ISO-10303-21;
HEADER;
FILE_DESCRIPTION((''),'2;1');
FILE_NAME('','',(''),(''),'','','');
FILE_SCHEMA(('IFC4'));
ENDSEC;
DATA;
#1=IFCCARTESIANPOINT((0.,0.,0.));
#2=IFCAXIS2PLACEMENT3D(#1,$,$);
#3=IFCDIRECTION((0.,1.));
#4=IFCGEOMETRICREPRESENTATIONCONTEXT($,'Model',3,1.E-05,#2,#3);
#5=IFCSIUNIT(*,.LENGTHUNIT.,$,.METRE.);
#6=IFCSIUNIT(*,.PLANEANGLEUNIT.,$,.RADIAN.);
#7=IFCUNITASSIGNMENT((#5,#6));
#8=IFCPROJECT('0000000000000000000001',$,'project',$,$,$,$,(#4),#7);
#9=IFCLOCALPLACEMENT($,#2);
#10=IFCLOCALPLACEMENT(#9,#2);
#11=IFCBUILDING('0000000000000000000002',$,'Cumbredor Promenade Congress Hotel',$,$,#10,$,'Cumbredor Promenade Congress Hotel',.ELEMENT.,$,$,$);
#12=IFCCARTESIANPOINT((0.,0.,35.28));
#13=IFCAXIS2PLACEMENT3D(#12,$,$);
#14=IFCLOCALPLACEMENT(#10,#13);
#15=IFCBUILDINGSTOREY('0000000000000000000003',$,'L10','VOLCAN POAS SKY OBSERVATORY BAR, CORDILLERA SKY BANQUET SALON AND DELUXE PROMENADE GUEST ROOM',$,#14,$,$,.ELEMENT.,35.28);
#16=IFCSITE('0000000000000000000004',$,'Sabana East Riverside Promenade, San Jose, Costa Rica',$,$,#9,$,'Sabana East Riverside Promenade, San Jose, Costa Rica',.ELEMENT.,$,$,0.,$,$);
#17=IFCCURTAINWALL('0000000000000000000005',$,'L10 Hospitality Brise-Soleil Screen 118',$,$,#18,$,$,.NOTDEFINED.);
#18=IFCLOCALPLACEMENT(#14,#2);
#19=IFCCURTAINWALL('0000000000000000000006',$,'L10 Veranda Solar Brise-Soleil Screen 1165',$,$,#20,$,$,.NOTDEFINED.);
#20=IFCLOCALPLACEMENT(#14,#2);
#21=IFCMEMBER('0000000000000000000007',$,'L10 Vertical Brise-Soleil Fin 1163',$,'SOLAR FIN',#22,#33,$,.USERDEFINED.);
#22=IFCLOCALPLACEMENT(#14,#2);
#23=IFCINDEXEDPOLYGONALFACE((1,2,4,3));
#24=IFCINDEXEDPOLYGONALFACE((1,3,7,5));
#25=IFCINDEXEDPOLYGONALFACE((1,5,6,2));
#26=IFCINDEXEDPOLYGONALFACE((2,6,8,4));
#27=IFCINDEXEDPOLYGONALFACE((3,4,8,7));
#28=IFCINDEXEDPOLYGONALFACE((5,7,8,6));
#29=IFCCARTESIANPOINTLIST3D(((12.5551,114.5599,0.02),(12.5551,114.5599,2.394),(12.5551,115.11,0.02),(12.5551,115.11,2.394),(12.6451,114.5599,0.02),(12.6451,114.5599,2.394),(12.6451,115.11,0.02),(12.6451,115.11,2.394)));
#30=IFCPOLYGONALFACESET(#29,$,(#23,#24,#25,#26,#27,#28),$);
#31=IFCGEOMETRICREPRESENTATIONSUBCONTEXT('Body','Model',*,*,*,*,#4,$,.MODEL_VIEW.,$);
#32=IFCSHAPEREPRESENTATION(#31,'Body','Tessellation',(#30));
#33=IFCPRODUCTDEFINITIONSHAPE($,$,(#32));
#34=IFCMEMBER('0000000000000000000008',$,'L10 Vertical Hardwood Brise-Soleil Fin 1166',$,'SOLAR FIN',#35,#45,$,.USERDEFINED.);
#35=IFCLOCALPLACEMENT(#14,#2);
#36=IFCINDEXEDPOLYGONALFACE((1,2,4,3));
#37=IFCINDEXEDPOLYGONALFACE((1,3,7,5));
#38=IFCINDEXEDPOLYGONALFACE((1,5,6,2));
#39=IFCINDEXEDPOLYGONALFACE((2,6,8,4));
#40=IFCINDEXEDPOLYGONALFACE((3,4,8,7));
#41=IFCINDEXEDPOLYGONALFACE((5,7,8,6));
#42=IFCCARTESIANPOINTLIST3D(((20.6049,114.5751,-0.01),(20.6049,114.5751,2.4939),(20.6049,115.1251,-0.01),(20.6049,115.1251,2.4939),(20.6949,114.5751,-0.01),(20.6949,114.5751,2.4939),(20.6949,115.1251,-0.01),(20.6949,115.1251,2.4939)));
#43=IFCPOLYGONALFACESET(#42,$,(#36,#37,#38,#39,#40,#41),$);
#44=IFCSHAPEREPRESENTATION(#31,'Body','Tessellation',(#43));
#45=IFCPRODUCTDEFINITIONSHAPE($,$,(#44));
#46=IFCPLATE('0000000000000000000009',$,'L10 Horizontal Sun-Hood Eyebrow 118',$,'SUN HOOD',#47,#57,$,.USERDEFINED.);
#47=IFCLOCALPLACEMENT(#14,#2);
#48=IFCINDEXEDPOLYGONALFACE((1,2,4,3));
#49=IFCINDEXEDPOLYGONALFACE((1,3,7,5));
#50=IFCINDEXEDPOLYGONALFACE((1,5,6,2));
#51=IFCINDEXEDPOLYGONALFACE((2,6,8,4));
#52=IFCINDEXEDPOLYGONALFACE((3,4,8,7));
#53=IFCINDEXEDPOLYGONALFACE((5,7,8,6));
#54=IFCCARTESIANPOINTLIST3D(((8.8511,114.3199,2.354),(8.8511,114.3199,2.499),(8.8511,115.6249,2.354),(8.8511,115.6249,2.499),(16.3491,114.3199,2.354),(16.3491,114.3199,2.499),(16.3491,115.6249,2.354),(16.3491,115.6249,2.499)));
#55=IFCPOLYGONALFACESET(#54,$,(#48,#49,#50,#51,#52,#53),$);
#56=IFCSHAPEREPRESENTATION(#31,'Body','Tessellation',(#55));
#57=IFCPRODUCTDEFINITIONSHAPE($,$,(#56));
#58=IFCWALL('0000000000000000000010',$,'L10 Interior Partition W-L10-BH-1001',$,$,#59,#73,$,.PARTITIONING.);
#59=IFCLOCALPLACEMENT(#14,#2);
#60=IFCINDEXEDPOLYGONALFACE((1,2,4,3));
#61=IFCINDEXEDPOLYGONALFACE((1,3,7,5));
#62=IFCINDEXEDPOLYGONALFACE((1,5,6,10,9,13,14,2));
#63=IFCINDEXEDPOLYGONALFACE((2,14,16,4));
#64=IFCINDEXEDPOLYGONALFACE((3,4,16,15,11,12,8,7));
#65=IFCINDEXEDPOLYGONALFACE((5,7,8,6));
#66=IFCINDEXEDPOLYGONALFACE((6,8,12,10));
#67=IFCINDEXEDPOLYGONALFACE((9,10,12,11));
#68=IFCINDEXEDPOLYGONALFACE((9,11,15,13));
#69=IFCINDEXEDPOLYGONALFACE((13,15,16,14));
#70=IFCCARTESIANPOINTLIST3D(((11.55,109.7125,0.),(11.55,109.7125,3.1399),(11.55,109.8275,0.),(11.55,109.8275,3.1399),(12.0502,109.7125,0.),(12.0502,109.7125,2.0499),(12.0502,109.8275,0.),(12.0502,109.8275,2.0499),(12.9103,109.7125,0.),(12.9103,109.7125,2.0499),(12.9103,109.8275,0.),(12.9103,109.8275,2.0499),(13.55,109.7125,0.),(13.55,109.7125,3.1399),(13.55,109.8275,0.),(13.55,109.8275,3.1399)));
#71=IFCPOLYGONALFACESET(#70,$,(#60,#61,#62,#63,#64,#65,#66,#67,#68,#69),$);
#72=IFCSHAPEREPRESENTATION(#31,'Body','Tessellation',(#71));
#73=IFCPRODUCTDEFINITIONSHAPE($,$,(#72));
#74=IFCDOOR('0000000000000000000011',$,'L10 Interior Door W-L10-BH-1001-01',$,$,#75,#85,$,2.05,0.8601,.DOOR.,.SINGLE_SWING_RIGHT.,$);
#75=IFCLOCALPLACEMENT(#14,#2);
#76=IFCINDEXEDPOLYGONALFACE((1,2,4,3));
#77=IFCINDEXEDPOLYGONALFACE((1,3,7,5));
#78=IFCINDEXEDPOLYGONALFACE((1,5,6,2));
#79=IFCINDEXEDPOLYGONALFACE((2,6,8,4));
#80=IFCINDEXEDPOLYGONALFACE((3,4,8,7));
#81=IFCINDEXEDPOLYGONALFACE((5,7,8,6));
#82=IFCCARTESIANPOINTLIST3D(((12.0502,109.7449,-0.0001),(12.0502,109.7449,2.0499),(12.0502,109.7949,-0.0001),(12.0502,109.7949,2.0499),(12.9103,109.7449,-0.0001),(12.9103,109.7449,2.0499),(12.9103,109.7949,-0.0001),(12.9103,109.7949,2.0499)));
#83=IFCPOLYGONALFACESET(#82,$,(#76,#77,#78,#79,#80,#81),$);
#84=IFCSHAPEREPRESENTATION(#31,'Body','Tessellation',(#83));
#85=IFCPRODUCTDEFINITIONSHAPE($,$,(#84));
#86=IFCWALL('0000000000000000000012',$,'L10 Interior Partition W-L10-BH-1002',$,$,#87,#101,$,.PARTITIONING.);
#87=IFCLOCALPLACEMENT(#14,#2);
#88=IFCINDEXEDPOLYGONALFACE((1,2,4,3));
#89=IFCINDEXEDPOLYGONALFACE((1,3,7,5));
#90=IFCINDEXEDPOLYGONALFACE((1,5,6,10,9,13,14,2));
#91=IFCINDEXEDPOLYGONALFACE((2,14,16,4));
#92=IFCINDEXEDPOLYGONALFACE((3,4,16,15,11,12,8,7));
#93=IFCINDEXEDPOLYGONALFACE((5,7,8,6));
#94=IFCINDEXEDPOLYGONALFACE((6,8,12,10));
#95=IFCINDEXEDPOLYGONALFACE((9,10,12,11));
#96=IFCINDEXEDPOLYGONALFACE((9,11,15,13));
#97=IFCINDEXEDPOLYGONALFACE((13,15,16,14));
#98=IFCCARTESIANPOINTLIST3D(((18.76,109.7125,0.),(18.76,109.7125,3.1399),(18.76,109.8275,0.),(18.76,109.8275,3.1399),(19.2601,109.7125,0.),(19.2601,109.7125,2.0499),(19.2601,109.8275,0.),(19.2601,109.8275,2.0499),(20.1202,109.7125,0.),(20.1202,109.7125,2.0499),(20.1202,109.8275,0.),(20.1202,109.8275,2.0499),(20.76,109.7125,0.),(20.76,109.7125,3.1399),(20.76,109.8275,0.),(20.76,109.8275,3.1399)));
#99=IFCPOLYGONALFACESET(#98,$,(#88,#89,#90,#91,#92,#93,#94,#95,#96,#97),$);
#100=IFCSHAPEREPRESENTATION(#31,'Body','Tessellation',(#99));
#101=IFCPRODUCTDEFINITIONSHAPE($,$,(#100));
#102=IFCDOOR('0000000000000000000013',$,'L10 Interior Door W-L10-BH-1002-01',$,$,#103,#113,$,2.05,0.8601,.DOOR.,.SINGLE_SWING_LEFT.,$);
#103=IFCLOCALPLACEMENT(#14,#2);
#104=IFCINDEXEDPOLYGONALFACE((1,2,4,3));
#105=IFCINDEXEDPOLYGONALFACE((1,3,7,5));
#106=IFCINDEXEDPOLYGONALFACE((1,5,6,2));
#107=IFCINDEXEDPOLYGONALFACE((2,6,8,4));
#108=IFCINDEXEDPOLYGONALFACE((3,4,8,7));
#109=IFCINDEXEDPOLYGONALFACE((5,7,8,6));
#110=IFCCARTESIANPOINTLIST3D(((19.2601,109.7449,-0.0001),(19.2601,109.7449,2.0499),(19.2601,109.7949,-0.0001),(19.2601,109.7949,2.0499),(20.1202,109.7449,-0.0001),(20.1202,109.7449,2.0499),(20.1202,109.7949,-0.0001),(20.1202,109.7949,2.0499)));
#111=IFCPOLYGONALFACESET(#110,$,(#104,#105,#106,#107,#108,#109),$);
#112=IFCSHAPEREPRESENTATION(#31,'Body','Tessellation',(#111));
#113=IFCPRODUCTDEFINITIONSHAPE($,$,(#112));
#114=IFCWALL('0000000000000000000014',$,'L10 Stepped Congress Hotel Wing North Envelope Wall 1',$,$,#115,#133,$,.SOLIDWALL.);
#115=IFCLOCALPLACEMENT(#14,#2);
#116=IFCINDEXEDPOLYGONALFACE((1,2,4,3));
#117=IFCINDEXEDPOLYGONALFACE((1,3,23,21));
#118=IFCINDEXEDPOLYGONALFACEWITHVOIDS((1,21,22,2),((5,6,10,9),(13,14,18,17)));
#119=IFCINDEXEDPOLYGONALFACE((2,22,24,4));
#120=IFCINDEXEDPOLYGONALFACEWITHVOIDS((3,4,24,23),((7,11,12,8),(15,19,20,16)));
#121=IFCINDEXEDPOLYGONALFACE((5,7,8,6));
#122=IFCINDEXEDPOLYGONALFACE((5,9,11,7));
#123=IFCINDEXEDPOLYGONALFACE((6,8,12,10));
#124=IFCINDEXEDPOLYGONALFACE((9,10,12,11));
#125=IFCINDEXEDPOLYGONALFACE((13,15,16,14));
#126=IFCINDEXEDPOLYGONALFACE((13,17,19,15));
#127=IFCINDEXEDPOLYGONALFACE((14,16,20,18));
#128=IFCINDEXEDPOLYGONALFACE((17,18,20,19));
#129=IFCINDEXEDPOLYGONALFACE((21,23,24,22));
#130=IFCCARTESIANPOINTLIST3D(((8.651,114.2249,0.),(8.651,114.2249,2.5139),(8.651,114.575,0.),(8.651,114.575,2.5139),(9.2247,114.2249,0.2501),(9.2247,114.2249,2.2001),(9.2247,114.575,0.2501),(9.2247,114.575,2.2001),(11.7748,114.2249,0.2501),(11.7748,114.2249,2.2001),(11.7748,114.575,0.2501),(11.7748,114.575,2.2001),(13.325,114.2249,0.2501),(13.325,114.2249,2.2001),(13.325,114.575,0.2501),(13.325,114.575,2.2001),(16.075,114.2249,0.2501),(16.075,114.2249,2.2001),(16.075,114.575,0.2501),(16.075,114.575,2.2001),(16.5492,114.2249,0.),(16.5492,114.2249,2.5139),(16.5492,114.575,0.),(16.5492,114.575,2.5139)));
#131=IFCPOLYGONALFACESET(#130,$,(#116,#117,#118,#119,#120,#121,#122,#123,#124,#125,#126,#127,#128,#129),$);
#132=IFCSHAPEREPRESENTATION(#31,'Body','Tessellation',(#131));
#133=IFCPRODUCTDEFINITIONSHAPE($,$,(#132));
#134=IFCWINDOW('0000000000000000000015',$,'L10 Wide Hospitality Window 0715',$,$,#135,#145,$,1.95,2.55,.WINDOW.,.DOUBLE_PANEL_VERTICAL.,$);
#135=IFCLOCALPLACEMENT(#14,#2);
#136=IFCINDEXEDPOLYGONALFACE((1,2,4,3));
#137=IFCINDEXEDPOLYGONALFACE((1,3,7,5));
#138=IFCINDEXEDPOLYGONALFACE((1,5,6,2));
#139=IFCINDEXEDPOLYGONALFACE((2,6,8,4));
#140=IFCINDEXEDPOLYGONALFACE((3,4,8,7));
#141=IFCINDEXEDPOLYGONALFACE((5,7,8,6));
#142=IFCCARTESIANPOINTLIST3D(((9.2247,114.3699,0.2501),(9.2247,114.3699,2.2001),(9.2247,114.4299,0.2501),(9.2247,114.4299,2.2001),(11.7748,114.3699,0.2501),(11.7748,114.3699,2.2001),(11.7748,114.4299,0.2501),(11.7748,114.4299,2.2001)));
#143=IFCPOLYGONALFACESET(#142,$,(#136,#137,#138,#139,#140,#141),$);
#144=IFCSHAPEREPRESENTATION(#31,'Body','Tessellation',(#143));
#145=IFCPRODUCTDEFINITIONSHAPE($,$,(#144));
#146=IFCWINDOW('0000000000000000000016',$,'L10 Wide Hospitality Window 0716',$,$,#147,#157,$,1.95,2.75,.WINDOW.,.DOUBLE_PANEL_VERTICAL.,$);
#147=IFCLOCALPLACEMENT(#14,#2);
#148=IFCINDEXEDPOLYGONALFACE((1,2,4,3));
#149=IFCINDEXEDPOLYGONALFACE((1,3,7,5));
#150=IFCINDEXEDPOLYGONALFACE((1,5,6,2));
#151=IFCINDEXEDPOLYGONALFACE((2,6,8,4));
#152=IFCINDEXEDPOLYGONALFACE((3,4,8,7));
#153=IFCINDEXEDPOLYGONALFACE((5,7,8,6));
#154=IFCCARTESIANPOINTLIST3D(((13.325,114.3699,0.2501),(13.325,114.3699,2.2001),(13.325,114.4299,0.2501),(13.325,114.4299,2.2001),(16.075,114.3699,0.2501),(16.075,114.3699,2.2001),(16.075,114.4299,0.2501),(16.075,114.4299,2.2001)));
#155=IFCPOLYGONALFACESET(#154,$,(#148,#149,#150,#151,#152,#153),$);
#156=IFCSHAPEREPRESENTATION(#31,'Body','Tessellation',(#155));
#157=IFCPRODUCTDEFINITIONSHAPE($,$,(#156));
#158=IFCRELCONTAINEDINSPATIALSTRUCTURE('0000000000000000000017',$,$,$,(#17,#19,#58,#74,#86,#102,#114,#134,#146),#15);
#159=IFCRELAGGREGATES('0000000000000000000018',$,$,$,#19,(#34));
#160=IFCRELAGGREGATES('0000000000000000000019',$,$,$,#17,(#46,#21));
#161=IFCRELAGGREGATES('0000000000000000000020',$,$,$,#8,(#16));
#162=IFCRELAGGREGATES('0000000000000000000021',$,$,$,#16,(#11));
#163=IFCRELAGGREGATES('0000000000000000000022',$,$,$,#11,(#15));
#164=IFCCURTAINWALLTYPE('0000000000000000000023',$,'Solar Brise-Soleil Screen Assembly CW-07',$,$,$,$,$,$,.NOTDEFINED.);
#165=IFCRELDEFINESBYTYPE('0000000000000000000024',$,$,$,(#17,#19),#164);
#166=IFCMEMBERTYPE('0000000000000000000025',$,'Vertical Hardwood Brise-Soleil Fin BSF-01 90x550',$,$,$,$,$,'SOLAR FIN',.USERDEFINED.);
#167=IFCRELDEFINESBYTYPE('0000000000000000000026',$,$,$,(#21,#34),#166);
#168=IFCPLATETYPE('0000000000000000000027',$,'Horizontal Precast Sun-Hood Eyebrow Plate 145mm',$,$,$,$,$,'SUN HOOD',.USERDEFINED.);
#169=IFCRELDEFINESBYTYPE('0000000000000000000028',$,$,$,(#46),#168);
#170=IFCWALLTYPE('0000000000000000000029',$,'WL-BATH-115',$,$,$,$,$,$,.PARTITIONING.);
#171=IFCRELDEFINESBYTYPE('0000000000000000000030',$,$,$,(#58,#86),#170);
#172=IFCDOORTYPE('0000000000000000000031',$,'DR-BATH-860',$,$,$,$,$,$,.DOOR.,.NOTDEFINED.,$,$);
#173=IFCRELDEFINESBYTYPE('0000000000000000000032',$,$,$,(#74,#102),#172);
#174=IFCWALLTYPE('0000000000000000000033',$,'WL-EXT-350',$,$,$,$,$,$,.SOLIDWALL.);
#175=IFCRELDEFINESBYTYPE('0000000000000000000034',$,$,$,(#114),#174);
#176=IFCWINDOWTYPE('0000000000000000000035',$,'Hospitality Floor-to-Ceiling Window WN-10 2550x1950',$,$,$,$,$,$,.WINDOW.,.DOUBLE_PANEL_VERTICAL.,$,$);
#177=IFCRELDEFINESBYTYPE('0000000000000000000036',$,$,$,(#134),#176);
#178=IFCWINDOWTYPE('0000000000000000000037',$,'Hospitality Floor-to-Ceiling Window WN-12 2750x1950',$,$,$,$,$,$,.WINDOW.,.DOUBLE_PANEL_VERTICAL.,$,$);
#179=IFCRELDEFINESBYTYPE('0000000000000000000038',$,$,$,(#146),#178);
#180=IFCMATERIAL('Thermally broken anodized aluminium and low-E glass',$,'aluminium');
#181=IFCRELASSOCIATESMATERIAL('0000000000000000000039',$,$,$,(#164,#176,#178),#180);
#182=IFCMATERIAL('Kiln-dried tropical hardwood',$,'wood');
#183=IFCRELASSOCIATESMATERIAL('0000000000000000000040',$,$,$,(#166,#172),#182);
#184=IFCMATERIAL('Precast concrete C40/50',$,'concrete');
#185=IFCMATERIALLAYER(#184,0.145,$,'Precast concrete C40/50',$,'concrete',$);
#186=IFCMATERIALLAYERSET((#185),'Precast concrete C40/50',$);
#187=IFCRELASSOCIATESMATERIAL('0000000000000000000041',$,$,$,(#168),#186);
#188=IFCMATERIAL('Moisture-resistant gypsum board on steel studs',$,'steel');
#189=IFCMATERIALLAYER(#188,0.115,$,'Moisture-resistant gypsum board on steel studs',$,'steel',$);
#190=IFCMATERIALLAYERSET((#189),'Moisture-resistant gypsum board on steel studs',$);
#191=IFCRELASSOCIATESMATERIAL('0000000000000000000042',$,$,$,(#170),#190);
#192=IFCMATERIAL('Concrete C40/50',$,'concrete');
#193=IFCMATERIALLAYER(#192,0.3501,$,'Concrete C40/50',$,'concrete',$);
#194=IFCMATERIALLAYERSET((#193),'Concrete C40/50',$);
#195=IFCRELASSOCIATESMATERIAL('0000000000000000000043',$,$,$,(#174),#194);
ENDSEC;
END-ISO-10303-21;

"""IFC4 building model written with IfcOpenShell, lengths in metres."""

from ifc_helpers import new_model, si_unit, direction, frame, frame_2d, origin, origin_2d, place, context, subcontext, project, spatial, rectangle, extrude, material, layer, layer_set, material_profile, profile_set, type_object, element, fill, aggregate, save


model = new_model("IFC4")

# Units and contexts
model_context = context("Model", 3, precision=1e-05, world=origin(), true_north=direction((0.0, 1.0)))
body_context = subcontext(model_context, "Body", "Model", "MODEL_VIEW")
ifc_project = project(units=[si_unit("LENGTHUNIT", "METRE"), si_unit("PLANEANGLEUNIT", "RADIAN")], contexts=[model_context])

# Site, building, storey
site_placement = place(None, origin())
site = spatial("IfcSite", under=ifc_project, at=site_placement, Name="Sabana East Riverside Promenade, San Jose, Costa Rica", LongName="Sabana East Riverside Promenade, San Jose, Costa Rica", CompositionType="ELEMENT", RefElevation=0.0)
building_placement = place(site_placement, origin())
building = spatial("IfcBuilding", under=site, at=building_placement, Name="Cumbredor Promenade Congress Hotel", LongName="Cumbredor Promenade Congress Hotel", CompositionType="ELEMENT")
storey_placement = place(building_placement, frame((0.0, 0.0, 35.28)))
storey = spatial("IfcBuildingStorey", under=building, at=storey_placement, Name="L10", Description="VOLCAN POAS SKY OBSERVATORY BAR, CORDILLERA SKY BANQUET SALON AND DELUXE PROMENADE GUEST ROOM", CompositionType="ELEMENT", Elevation=35.28)

# Shared definitions
ifc_material_1 = material(Name="Concrete C40/50", Category="concrete")

# Curtain walls
ifc_material_2 = material(Name="Thermally broken anodized aluminium and low-E glass", Category="aluminium")
curtain_wall_type = type_object("IfcCurtainWallType", Name="Solar Brise-Soleil Screen Assembly CW-07", PredefinedType="NOTDEFINED", material=ifc_material_2)
curtain_wall_1_placement = place(storey_placement, origin())
curtain_wall_1 = element("IfcCurtainWall", 1, at=curtain_wall_1_placement, inside=storey, type_object=curtain_wall_type, Name="L10 Hospitality Brise-Soleil Screen 118", PredefinedType="NOTDEFINED")
curtain_wall_2_placement = place(storey_placement, origin())
curtain_wall_2 = element("IfcCurtainWall", 2, at=curtain_wall_2_placement, inside=storey, type_object=curtain_wall_type, Name="L10 Veranda Solar Brise-Soleil Screen 1165", PredefinedType="NOTDEFINED")

# Members
ifc_material_3 = material(Name="Kiln-dried tropical hardwood", Category="wood")
ifc_material_profile_1 = material_profile(ifc_material_3, rectangle(XDim=0.0901, YDim=0.55, at=origin_2d()), Name="ARCH FIN 90x550")
ifc_profile_set_1 = profile_set([ifc_material_profile_1], Name="Kiln-dried tropical hardwood")
member_type_1 = type_object("IfcMemberType", Name="Vertical Hardwood Brise-Soleil Fin BSF-01 90x550", ElementType="SOLAR FIN", PredefinedType="USERDEFINED", material=ifc_profile_set_1)
member_1_placement = place(storey_placement, frame((12.6001, 114.835, 0.02), z_axis=(0.0, 0.0, 1.0), x_axis=(1.0, 0.0, 0.0)))
member_1 = element("IfcMember", 3, at=member_1_placement, type_object=member_type_1, Name="L10 Vertical Brise-Soleil Fin 1163", ObjectType="SOLAR FIN", PredefinedType="USERDEFINED", context=body_context, shape_type="SweptSolid", body=[
    extrude(rectangle(XDim=0.0901, YDim=0.55, at=origin_2d()), origin(), (0.0, 0.0, 1.0), 2.374),
])
member_2_placement = place(storey_placement, frame((20.6499, 114.8501, -0.01), z_axis=(0.0, 0.0, 1.0), x_axis=(1.0, 0.0, 0.0)))
member_2 = element("IfcMember", 4, at=member_2_placement, type_object=member_type_1, Name="L10 Vertical Hardwood Brise-Soleil Fin 1166", ObjectType="SOLAR FIN", PredefinedType="USERDEFINED", context=body_context, shape_type="SweptSolid", body=[
    extrude(rectangle(XDim=0.0901, YDim=0.55, at=origin_2d()), origin(), (0.0, 0.0, 1.0), 2.5039),
])
aggregate(curtain_wall_2, [member_2])

# Plate
ifc_material_4 = material(Name="Precast concrete C40/50", Category="concrete")
ifc_layer_1 = layer(ifc_material_4, 0.145, Name="Precast concrete C40/50", Category="concrete")
ifc_layer_set_1 = layer_set([ifc_layer_1], Name="Precast concrete C40/50")
plate_type = type_object("IfcPlateType", Name="Horizontal Precast Sun-Hood Eyebrow Plate 145mm", ElementType="SUN HOOD", PredefinedType="USERDEFINED", material=ifc_layer_set_1)
plate_placement = place(storey_placement, frame((12.6001, 114.9724, 2.354), z_axis=(0.0, 0.0, 1.0), x_axis=(1.0, 0.0, 0.0)))
plate = element("IfcPlate", 5, at=plate_placement, type_object=plate_type, Name="L10 Horizontal Sun-Hood Eyebrow 118", ObjectType="SUN HOOD", PredefinedType="USERDEFINED", context=body_context, shape_type="SweptSolid", body=[
    extrude(rectangle(XDim=7.498, YDim=1.3049, at=origin_2d()), origin(), (0.0, 0.0, 1.0), 0.145),
])
aggregate(curtain_wall_1, [plate, member_1])

# Walls, openings, doors
ifc_material_5 = material(Name="Moisture-resistant gypsum board on steel studs", Category="steel")
ifc_layer_2 = layer(ifc_material_5, 0.115, Name="Moisture-resistant gypsum board on steel studs", Category="steel")
ifc_layer_set_2 = layer_set([ifc_layer_2], Name="Moisture-resistant gypsum board on steel studs")
wall_type_1 = type_object("IfcWallType", Name="WL-BATH-115", PredefinedType="PARTITIONING", material=ifc_layer_set_2)
wall_1_placement = place(storey_placement, frame((11.55, 109.77, 0.0), z_axis=(0.0, 0.0, 1.0), x_axis=(1.0, 0.0, 0.0)))
wall_1 = element("IfcWall", 6, at=wall_1_placement, inside=storey, type_object=wall_type_1, Name="L10 Interior Partition W-L10-BH-1001", PredefinedType="PARTITIONING", context=body_context, shape_type="SweptSolid", body=[
    extrude(rectangle(XDim=2.0, YDim=0.115, at=frame_2d((1.0, 0.0))), origin(), (0.0, 0.0, 1.0), 3.1399),
])
opening_1_placement = place(wall_1_placement, frame((0.5, 0.0, 0.0)))
opening_1 = element("IfcOpeningElement", 7, at=opening_1_placement, cuts=wall_1, PredefinedType="OPENING", context=body_context, shape_type="SweptSolid", body=[
    extrude(rectangle(XDim=0.8601, YDim=2.05, at=frame_2d((0.4302, 1.0249))), frame((0.0, 0.0674, 0.0), z_axis=(0.0, -1.0, 0.0), x_axis=(1.0, 0.0, 0.0)), (0.0, 0.0, 1.0), 0.135),
])
door_type_1 = type_object("IfcDoorType", Name="DR-BATH-860", OperationType="NOTDEFINED", PredefinedType="DOOR", material=ifc_material_3)
door_1_placement = place(opening_1_placement, origin())
door_1 = element("IfcDoor", 8, at=door_1_placement, inside=storey, type_object=door_type_1, Name="L10 Interior Door W-L10-BH-1001-01", OperationType="SINGLE_SWING_RIGHT", OverallHeight=2.05, OverallWidth=0.8601, PredefinedType="DOOR", context=body_context, shape_type="SweptSolid", body=[
    extrude(rectangle(XDim=0.8601, YDim=2.05, at=frame_2d((0.4302, 1.0249))), frame((0.0, 0.0249, 0.0), z_axis=(0.0, -1.0, 0.0), x_axis=(1.0, 0.0, 0.0)), (0.0, 0.0, 1.0), 0.05),
])
fill(opening_1, door_1)
wall_2_placement = place(storey_placement, frame((18.76, 109.77, 0.0), z_axis=(0.0, 0.0, 1.0), x_axis=(1.0, 0.0, 0.0)))
wall_2 = element("IfcWall", 9, at=wall_2_placement, inside=storey, type_object=wall_type_1, Name="L10 Interior Partition W-L10-BH-1002", PredefinedType="PARTITIONING", context=body_context, shape_type="SweptSolid", body=[
    extrude(rectangle(XDim=2.0, YDim=0.115, at=frame_2d((1.0, 0.0))), origin(), (0.0, 0.0, 1.0), 3.1399),
])
opening_2_placement = place(wall_2_placement, frame((0.5, 0.0, 0.0)))
opening_2 = element("IfcOpeningElement", 10, at=opening_2_placement, cuts=wall_2, PredefinedType="OPENING", context=body_context, shape_type="SweptSolid", body=[
    extrude(rectangle(XDim=0.8601, YDim=2.05, at=frame_2d((0.4302, 1.0249))), frame((0.0, 0.0674, 0.0), z_axis=(0.0, -1.0, 0.0), x_axis=(1.0, 0.0, 0.0)), (0.0, 0.0, 1.0), 0.135),
])
door_2_placement = place(opening_2_placement, origin())
door_2 = element("IfcDoor", 11, at=door_2_placement, inside=storey, type_object=door_type_1, Name="L10 Interior Door W-L10-BH-1002-01", OperationType="SINGLE_SWING_LEFT", OverallHeight=2.05, OverallWidth=0.8601, PredefinedType="DOOR", context=body_context, shape_type="SweptSolid", body=[
    extrude(rectangle(XDim=0.8601, YDim=2.05, at=frame_2d((0.4302, 1.0249))), frame((0.0, 0.0249, 0.0), z_axis=(0.0, -1.0, 0.0), x_axis=(1.0, 0.0, 0.0)), (0.0, 0.0, 1.0), 0.05),
])
fill(opening_2, door_2)

# Wall, openings, windows
ifc_layer_3 = layer(ifc_material_1, 0.3501, Name="Concrete C40/50", Category="concrete")
ifc_layer_set_3 = layer_set([ifc_layer_3], Name="Concrete C40/50")
wall_type_2 = type_object("IfcWallType", Name="WL-EXT-350", PredefinedType="SOLIDWALL", material=ifc_layer_set_3)
wall_3_placement = place(storey_placement, frame((8.6509, 114.3999, 0.0), z_axis=(0.0, 0.0, 1.0), x_axis=(1.0, 0.0, 0.0)))
wall_3 = element("IfcWall", 12, at=wall_3_placement, inside=storey, type_object=wall_type_2, Name="L10 Stepped Congress Hotel Wing North Envelope Wall 1", PredefinedType="SOLIDWALL", context=body_context, shape_type="SweptSolid", body=[
    extrude(rectangle(XDim=7.8982, YDim=0.3501, at=frame_2d((3.9492, 0.0))), origin(), (0.0, 0.0, 1.0), 2.5139),
])
opening_3_placement = place(wall_3_placement, frame((0.574, 0.0, 0.25)))
opening_3 = element("IfcOpeningElement", 13, at=opening_3_placement, cuts=wall_3, PredefinedType="OPENING", context=body_context, shape_type="SweptSolid", body=[
    extrude(rectangle(XDim=2.55, YDim=1.95, at=frame_2d((1.2749, 0.9751))), frame((0.0, 0.1851, 0.0), z_axis=(0.0, -1.0, 0.0), x_axis=(1.0, 0.0, 0.0)), (0.0, 0.0, 1.0), 0.3701),
])
opening_4_placement = place(wall_3_placement, frame((4.6741, 0.0, 0.25)))
opening_4 = element("IfcOpeningElement", 14, at=opening_4_placement, cuts=wall_3, PredefinedType="OPENING", context=body_context, shape_type="SweptSolid", body=[
    extrude(rectangle(XDim=2.75, YDim=1.95, at=frame_2d((1.375, 0.9751))), frame((0.0, 0.1851, 0.0), z_axis=(0.0, -1.0, 0.0), x_axis=(1.0, 0.0, 0.0)), (0.0, 0.0, 1.0), 0.3701),
])
window_type_1 = type_object("IfcWindowType", Name="Hospitality Floor-to-Ceiling Window WN-10 2550x1950", PartitioningType="DOUBLE_PANEL_VERTICAL", PredefinedType="WINDOW", material=ifc_material_2)
window_1_placement = place(opening_3_placement, origin())
window_1 = element("IfcWindow", 15, at=window_1_placement, inside=storey, type_object=window_type_1, Name="L10 Wide Hospitality Window 0715", OverallHeight=1.95, OverallWidth=2.55, PartitioningType="DOUBLE_PANEL_VERTICAL", PredefinedType="WINDOW", context=body_context, shape_type="SweptSolid", body=[
    extrude(rectangle(XDim=2.55, YDim=1.95, at=frame_2d((1.2749, 0.9751))), frame((0.0, 0.03, 0.0), z_axis=(0.0, -1.0, 0.0), x_axis=(1.0, 0.0, 0.0)), (0.0, 0.0, 1.0), 0.0601),
])
fill(opening_3, window_1)
window_type_2 = type_object("IfcWindowType", Name="Hospitality Floor-to-Ceiling Window WN-12 2750x1950", PartitioningType="DOUBLE_PANEL_VERTICAL", PredefinedType="WINDOW", material=ifc_material_2)
window_2_placement = place(opening_4_placement, origin())
window_2 = element("IfcWindow", 16, at=window_2_placement, inside=storey, type_object=window_type_2, Name="L10 Wide Hospitality Window 0716", OverallHeight=1.95, OverallWidth=2.75, PartitioningType="DOUBLE_PANEL_VERTICAL", PredefinedType="WINDOW", context=body_context, shape_type="SweptSolid", body=[
    extrude(rectangle(XDim=2.75, YDim=1.95, at=frame_2d((1.375, 0.9751))), frame((0.0, 0.03, 0.0), z_axis=(0.0, -1.0, 0.0), x_axis=(1.0, 0.0, 0.0)), (0.0, 0.0, 1.0), 0.0601),
])
fill(opening_4, window_2)

save(model, "model.ifc")
